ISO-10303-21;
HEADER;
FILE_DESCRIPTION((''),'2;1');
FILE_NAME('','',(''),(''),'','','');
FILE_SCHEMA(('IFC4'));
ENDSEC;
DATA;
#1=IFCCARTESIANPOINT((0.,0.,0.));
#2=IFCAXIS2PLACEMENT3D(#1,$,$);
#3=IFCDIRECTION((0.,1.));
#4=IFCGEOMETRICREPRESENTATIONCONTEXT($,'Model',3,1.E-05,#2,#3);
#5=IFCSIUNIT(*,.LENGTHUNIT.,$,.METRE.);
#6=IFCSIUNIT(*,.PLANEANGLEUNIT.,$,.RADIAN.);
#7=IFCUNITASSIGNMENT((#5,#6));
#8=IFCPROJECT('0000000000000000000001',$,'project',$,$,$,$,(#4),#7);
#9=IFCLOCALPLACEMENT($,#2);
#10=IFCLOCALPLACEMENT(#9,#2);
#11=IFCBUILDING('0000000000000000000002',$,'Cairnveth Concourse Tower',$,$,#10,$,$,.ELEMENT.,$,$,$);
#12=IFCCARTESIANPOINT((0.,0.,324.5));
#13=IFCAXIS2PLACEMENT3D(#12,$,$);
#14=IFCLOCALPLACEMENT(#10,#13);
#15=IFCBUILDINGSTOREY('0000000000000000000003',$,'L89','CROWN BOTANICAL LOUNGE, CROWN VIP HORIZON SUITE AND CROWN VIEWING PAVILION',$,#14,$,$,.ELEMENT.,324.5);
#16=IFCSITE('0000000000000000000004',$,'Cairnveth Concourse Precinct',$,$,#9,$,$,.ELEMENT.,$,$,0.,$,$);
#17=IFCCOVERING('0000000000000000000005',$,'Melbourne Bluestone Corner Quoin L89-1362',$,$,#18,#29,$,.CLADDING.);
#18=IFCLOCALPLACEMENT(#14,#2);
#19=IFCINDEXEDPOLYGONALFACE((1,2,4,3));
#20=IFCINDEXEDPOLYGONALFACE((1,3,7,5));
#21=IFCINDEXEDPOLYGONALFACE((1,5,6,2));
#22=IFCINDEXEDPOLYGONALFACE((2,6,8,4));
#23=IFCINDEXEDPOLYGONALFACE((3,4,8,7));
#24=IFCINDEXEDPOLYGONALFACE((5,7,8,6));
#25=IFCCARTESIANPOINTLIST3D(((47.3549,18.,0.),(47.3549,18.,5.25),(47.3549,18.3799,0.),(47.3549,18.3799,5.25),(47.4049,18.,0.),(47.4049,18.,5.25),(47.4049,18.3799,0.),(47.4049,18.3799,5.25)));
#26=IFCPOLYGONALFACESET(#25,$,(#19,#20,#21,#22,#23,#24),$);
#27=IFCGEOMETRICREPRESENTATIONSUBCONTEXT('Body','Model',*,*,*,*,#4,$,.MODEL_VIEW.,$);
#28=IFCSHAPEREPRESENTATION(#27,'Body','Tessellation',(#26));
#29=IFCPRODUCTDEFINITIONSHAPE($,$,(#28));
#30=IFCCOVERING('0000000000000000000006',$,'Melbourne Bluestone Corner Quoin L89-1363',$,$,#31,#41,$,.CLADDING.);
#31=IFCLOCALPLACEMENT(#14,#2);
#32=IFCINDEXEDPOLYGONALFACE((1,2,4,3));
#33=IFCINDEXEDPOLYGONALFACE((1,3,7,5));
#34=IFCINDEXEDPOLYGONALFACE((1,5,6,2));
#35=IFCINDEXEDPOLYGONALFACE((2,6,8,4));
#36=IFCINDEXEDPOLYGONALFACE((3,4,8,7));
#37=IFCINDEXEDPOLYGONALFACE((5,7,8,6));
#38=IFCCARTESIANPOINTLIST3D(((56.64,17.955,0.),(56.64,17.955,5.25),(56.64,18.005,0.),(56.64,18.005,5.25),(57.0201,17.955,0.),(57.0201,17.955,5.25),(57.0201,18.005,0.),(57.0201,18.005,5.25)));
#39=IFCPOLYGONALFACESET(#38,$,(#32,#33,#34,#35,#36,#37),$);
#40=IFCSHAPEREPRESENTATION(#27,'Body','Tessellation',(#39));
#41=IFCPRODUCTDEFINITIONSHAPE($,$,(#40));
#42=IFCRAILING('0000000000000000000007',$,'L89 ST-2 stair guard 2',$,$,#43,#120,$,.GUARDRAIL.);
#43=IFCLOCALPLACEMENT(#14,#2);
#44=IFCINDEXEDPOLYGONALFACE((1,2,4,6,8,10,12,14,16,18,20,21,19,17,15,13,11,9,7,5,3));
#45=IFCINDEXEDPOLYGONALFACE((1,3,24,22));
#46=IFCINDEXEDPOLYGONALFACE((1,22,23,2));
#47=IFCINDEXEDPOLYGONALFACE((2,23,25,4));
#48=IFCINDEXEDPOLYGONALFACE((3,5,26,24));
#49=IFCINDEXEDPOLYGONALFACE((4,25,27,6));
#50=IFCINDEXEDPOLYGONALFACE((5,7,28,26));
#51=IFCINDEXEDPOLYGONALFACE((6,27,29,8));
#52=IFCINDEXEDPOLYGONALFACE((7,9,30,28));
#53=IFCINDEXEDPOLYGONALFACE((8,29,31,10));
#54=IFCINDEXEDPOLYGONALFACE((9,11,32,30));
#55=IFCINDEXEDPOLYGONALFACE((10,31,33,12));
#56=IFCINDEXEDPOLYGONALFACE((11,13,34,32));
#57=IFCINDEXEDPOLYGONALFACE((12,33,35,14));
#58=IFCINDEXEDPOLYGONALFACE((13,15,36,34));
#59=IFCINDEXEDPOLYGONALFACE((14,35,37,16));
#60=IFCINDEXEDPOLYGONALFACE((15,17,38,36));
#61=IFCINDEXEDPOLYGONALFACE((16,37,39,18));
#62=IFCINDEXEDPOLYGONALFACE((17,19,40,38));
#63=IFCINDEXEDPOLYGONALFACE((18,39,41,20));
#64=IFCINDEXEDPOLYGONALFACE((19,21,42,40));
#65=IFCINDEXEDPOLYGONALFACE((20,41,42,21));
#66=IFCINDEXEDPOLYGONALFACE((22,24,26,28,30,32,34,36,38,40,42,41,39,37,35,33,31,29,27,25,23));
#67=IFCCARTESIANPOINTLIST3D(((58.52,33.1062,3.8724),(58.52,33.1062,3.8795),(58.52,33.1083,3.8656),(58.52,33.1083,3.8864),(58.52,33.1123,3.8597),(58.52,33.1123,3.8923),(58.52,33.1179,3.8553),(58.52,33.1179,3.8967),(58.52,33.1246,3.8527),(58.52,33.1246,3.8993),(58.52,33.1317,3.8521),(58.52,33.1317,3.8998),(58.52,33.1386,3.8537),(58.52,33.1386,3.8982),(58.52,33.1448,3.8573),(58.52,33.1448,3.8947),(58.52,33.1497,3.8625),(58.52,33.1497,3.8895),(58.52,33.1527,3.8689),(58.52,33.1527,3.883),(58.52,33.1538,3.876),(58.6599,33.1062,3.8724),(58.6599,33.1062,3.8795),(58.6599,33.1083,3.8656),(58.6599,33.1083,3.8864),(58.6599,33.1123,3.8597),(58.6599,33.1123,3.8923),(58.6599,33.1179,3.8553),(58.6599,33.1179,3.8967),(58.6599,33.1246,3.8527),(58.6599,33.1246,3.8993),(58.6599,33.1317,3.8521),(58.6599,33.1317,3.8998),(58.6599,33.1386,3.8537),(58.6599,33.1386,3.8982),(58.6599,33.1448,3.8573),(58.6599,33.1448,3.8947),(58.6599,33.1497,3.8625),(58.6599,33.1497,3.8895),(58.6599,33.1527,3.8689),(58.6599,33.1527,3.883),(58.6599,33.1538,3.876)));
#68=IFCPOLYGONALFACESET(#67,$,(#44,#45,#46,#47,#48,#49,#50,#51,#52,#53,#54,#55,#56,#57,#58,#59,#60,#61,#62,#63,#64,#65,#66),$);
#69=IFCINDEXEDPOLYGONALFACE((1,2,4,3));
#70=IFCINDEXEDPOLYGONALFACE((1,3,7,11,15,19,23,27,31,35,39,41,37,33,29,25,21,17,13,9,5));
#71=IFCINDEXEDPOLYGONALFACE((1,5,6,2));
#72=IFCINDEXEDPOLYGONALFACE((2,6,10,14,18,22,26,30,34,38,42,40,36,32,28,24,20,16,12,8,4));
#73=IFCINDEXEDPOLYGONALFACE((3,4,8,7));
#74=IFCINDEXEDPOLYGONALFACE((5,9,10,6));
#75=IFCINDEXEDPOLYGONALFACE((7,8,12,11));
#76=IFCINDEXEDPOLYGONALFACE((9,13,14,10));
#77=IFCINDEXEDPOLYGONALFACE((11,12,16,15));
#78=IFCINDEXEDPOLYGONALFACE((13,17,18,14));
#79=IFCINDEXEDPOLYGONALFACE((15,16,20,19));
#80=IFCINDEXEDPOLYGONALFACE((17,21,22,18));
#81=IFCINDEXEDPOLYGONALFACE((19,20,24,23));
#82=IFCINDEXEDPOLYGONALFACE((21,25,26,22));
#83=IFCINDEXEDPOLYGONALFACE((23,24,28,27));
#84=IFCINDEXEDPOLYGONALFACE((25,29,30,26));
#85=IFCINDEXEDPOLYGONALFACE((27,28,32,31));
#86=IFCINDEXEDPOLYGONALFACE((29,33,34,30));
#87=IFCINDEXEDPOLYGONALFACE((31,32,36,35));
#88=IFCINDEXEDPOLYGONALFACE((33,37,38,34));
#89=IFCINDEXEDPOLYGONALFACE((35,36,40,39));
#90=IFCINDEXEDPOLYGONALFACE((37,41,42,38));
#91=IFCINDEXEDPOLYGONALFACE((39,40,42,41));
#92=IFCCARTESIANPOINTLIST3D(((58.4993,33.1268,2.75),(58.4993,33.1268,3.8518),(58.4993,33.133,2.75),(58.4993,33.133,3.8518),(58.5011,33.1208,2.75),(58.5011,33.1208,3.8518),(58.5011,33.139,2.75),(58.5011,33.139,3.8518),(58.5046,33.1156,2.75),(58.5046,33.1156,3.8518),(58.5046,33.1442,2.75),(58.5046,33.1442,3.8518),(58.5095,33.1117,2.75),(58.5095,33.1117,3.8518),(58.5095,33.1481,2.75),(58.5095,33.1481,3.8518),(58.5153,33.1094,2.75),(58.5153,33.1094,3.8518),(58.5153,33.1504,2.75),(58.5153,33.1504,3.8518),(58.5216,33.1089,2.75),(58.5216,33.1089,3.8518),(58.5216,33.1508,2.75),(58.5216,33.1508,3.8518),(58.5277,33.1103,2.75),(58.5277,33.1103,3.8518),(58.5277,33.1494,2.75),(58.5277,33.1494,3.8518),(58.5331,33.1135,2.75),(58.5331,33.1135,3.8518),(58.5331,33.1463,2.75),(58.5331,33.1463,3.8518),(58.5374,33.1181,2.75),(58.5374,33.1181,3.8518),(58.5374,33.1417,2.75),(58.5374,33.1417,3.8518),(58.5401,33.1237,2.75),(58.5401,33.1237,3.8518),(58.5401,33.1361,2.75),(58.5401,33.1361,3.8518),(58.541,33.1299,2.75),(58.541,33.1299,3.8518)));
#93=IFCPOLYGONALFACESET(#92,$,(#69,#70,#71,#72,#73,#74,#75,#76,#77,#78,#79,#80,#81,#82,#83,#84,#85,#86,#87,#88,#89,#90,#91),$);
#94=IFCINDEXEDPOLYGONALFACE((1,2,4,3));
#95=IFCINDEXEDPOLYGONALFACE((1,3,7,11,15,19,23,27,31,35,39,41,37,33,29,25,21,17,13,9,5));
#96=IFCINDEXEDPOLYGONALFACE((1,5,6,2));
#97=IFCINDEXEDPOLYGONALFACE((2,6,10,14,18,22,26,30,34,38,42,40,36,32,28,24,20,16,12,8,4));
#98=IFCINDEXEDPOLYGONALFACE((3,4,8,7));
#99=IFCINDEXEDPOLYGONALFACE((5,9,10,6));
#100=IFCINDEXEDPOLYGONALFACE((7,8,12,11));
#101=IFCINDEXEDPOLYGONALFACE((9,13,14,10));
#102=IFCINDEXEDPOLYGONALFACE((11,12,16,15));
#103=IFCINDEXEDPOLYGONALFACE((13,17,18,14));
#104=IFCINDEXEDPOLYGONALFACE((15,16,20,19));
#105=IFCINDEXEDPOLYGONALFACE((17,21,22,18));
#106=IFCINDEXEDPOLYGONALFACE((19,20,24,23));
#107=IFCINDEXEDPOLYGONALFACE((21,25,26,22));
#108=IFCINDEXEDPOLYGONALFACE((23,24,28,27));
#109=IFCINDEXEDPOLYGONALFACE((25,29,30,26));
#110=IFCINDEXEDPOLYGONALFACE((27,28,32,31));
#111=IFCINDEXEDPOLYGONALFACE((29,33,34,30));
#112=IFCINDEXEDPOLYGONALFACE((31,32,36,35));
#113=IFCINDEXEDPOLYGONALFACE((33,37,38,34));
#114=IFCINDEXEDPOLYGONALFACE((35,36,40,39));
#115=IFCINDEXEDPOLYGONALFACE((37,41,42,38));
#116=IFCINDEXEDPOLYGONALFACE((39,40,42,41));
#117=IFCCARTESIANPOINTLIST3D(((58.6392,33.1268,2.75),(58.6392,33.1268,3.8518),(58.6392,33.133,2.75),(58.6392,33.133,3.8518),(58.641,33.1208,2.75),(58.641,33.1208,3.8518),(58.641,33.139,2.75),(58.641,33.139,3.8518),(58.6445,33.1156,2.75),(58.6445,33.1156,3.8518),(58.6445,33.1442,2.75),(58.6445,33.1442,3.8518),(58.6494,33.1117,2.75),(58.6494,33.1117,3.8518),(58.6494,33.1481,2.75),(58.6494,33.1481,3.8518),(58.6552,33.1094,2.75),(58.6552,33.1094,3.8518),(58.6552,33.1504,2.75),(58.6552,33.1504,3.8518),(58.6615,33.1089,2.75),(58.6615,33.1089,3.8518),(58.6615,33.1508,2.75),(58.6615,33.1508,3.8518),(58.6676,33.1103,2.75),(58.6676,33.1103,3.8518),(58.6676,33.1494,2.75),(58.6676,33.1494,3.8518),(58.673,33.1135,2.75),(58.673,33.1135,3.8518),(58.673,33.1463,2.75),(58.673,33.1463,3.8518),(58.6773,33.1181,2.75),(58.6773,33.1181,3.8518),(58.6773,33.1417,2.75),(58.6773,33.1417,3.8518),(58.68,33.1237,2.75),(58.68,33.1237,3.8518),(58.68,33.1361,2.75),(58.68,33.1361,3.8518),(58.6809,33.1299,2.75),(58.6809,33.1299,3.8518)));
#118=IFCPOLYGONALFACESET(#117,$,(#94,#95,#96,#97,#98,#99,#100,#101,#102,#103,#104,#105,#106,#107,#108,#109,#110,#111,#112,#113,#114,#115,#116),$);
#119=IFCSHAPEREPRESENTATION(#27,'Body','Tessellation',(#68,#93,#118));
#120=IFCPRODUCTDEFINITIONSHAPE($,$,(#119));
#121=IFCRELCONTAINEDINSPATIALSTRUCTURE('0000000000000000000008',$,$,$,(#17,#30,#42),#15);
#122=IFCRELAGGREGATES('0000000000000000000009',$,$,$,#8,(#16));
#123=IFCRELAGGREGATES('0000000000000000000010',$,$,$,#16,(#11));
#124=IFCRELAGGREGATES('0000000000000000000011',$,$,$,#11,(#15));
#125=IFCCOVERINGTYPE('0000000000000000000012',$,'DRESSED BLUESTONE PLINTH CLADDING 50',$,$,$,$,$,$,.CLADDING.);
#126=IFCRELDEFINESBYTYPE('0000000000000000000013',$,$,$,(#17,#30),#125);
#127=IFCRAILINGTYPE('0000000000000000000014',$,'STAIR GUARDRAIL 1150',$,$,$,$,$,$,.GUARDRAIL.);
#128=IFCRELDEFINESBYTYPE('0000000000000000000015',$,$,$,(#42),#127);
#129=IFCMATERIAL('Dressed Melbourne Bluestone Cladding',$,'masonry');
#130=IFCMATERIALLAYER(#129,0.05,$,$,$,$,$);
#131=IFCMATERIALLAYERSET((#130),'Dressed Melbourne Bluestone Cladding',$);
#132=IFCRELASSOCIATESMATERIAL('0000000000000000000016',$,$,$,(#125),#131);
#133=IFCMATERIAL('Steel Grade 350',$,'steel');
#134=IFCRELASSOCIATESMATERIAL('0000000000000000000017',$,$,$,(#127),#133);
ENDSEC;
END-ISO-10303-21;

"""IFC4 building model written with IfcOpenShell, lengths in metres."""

from ifc_helpers import new_model, si_unit, direction, frame, frame_2d, origin, origin_2d, place, context, subcontext, project, spatial, rectangle, circle, extrude, material, layer, layer_set, type_object, element, save


model = new_model("IFC4")

# Units and contexts
model_context = context("Model", 3, precision=1e-05, world=origin(), true_north=direction((0.0, 1.0)))
body_context = subcontext(model_context, "Body", "Model", "MODEL_VIEW")
ifc_project = project(units=[si_unit("LENGTHUNIT", "METRE"), si_unit("PLANEANGLEUNIT", "RADIAN")], contexts=[model_context])

# Site, building, storey
site_placement = place(None, origin())
site = spatial("IfcSite", under=ifc_project, at=site_placement, Name="Cairnveth Concourse Precinct", CompositionType="ELEMENT", RefElevation=0.0)
building_placement = place(site_placement, origin())
building = spatial("IfcBuilding", under=site, at=building_placement, Name="Cairnveth Concourse Tower", CompositionType="ELEMENT")
storey_placement = place(building_placement, frame((0.0, 0.0, 324.5)))
storey = spatial("IfcBuildingStorey", under=building, at=storey_placement, Name="L89", Description="CROWN BOTANICAL LOUNGE, CROWN VIP HORIZON SUITE AND CROWN VIEWING PAVILION", CompositionType="ELEMENT", Elevation=324.5)

# Shared definitions
ifc_material_1 = material(Name="Steel Grade 350", Category="steel")

# Shared definitions
ifc_material_2 = material(Name="Dressed Melbourne Bluestone Cladding", Category="masonry")

# Coverings
ifc_layer_1 = layer(ifc_material_2, 0.05)
ifc_layer_set_1 = layer_set([ifc_layer_1], Name="Dressed Melbourne Bluestone Cladding")
covering_type = type_object("IfcCoveringType", Name="DRESSED BLUESTONE PLINTH CLADDING 50", PredefinedType="CLADDING", material=ifc_layer_set_1)
covering_1_placement = place(storey_placement, frame((47.3799, 18.3799, 0.0), z_axis=(0.0, 0.0, 1.0), x_axis=(0.0, -1.0, 0.0)))
element("IfcCovering", 1, at=covering_1_placement, inside=storey, type_object=covering_type, Name="Melbourne Bluestone Corner Quoin L89-1362", PredefinedType="CLADDING", context=body_context, shape_type="SweptSolid", body=[
    extrude(rectangle(XDim=0.3799, YDim=0.05, at=frame_2d((0.1899, 0.0))), origin(), (0.0, 0.0, 1.0), 5.25),
])
covering_2_placement = place(storey_placement, frame((57.02, 17.98, 0.0), z_axis=(0.0, 0.0, 1.0), x_axis=(-1.0, 0.0, 0.0)))
element("IfcCovering", 2, at=covering_2_placement, inside=storey, type_object=covering_type, Name="Melbourne Bluestone Corner Quoin L89-1363", PredefinedType="CLADDING", context=body_context, shape_type="SweptSolid", body=[
    extrude(rectangle(XDim=0.3801, YDim=0.05, at=frame_2d((0.1899, 0.0))), origin(), (0.0, 0.0, 1.0), 5.25),
])

# Railing
railing_type_1 = type_object("IfcRailingType", Name="STAIR GUARDRAIL 1150", PredefinedType="GUARDRAIL", material=ifc_material_1)
railing_1_placement = place(storey_placement, frame((58.52, 33.1299, 2.75)))
element("IfcRailing", 3, at=railing_1_placement, inside=storey, type_object=railing_type_1, Name="L89 ST-2 stair guard 2", PredefinedType="GUARDRAIL", context=body_context, shape_type="SweptSolid", body=[
    extrude(circle(Radius=0.0239, at=origin_2d()), frame((0.0, 0.0, 1.126), z_axis=(1.0, 0.0, 0.0), x_axis=(0.0, 1.0, 0.0)), (0.0, 0.0, 1.0), 0.1399),
    extrude(circle(Radius=0.021, at=origin_2d()), origin(), (0.0, 0.0, 1.0), 1.1018),
    extrude(circle(Radius=0.021, at=origin_2d()), frame((0.1399, 0.0, 0.0)), (0.0, 0.0, 1.0), 1.1018),
])

save(model, "model.ifc")
